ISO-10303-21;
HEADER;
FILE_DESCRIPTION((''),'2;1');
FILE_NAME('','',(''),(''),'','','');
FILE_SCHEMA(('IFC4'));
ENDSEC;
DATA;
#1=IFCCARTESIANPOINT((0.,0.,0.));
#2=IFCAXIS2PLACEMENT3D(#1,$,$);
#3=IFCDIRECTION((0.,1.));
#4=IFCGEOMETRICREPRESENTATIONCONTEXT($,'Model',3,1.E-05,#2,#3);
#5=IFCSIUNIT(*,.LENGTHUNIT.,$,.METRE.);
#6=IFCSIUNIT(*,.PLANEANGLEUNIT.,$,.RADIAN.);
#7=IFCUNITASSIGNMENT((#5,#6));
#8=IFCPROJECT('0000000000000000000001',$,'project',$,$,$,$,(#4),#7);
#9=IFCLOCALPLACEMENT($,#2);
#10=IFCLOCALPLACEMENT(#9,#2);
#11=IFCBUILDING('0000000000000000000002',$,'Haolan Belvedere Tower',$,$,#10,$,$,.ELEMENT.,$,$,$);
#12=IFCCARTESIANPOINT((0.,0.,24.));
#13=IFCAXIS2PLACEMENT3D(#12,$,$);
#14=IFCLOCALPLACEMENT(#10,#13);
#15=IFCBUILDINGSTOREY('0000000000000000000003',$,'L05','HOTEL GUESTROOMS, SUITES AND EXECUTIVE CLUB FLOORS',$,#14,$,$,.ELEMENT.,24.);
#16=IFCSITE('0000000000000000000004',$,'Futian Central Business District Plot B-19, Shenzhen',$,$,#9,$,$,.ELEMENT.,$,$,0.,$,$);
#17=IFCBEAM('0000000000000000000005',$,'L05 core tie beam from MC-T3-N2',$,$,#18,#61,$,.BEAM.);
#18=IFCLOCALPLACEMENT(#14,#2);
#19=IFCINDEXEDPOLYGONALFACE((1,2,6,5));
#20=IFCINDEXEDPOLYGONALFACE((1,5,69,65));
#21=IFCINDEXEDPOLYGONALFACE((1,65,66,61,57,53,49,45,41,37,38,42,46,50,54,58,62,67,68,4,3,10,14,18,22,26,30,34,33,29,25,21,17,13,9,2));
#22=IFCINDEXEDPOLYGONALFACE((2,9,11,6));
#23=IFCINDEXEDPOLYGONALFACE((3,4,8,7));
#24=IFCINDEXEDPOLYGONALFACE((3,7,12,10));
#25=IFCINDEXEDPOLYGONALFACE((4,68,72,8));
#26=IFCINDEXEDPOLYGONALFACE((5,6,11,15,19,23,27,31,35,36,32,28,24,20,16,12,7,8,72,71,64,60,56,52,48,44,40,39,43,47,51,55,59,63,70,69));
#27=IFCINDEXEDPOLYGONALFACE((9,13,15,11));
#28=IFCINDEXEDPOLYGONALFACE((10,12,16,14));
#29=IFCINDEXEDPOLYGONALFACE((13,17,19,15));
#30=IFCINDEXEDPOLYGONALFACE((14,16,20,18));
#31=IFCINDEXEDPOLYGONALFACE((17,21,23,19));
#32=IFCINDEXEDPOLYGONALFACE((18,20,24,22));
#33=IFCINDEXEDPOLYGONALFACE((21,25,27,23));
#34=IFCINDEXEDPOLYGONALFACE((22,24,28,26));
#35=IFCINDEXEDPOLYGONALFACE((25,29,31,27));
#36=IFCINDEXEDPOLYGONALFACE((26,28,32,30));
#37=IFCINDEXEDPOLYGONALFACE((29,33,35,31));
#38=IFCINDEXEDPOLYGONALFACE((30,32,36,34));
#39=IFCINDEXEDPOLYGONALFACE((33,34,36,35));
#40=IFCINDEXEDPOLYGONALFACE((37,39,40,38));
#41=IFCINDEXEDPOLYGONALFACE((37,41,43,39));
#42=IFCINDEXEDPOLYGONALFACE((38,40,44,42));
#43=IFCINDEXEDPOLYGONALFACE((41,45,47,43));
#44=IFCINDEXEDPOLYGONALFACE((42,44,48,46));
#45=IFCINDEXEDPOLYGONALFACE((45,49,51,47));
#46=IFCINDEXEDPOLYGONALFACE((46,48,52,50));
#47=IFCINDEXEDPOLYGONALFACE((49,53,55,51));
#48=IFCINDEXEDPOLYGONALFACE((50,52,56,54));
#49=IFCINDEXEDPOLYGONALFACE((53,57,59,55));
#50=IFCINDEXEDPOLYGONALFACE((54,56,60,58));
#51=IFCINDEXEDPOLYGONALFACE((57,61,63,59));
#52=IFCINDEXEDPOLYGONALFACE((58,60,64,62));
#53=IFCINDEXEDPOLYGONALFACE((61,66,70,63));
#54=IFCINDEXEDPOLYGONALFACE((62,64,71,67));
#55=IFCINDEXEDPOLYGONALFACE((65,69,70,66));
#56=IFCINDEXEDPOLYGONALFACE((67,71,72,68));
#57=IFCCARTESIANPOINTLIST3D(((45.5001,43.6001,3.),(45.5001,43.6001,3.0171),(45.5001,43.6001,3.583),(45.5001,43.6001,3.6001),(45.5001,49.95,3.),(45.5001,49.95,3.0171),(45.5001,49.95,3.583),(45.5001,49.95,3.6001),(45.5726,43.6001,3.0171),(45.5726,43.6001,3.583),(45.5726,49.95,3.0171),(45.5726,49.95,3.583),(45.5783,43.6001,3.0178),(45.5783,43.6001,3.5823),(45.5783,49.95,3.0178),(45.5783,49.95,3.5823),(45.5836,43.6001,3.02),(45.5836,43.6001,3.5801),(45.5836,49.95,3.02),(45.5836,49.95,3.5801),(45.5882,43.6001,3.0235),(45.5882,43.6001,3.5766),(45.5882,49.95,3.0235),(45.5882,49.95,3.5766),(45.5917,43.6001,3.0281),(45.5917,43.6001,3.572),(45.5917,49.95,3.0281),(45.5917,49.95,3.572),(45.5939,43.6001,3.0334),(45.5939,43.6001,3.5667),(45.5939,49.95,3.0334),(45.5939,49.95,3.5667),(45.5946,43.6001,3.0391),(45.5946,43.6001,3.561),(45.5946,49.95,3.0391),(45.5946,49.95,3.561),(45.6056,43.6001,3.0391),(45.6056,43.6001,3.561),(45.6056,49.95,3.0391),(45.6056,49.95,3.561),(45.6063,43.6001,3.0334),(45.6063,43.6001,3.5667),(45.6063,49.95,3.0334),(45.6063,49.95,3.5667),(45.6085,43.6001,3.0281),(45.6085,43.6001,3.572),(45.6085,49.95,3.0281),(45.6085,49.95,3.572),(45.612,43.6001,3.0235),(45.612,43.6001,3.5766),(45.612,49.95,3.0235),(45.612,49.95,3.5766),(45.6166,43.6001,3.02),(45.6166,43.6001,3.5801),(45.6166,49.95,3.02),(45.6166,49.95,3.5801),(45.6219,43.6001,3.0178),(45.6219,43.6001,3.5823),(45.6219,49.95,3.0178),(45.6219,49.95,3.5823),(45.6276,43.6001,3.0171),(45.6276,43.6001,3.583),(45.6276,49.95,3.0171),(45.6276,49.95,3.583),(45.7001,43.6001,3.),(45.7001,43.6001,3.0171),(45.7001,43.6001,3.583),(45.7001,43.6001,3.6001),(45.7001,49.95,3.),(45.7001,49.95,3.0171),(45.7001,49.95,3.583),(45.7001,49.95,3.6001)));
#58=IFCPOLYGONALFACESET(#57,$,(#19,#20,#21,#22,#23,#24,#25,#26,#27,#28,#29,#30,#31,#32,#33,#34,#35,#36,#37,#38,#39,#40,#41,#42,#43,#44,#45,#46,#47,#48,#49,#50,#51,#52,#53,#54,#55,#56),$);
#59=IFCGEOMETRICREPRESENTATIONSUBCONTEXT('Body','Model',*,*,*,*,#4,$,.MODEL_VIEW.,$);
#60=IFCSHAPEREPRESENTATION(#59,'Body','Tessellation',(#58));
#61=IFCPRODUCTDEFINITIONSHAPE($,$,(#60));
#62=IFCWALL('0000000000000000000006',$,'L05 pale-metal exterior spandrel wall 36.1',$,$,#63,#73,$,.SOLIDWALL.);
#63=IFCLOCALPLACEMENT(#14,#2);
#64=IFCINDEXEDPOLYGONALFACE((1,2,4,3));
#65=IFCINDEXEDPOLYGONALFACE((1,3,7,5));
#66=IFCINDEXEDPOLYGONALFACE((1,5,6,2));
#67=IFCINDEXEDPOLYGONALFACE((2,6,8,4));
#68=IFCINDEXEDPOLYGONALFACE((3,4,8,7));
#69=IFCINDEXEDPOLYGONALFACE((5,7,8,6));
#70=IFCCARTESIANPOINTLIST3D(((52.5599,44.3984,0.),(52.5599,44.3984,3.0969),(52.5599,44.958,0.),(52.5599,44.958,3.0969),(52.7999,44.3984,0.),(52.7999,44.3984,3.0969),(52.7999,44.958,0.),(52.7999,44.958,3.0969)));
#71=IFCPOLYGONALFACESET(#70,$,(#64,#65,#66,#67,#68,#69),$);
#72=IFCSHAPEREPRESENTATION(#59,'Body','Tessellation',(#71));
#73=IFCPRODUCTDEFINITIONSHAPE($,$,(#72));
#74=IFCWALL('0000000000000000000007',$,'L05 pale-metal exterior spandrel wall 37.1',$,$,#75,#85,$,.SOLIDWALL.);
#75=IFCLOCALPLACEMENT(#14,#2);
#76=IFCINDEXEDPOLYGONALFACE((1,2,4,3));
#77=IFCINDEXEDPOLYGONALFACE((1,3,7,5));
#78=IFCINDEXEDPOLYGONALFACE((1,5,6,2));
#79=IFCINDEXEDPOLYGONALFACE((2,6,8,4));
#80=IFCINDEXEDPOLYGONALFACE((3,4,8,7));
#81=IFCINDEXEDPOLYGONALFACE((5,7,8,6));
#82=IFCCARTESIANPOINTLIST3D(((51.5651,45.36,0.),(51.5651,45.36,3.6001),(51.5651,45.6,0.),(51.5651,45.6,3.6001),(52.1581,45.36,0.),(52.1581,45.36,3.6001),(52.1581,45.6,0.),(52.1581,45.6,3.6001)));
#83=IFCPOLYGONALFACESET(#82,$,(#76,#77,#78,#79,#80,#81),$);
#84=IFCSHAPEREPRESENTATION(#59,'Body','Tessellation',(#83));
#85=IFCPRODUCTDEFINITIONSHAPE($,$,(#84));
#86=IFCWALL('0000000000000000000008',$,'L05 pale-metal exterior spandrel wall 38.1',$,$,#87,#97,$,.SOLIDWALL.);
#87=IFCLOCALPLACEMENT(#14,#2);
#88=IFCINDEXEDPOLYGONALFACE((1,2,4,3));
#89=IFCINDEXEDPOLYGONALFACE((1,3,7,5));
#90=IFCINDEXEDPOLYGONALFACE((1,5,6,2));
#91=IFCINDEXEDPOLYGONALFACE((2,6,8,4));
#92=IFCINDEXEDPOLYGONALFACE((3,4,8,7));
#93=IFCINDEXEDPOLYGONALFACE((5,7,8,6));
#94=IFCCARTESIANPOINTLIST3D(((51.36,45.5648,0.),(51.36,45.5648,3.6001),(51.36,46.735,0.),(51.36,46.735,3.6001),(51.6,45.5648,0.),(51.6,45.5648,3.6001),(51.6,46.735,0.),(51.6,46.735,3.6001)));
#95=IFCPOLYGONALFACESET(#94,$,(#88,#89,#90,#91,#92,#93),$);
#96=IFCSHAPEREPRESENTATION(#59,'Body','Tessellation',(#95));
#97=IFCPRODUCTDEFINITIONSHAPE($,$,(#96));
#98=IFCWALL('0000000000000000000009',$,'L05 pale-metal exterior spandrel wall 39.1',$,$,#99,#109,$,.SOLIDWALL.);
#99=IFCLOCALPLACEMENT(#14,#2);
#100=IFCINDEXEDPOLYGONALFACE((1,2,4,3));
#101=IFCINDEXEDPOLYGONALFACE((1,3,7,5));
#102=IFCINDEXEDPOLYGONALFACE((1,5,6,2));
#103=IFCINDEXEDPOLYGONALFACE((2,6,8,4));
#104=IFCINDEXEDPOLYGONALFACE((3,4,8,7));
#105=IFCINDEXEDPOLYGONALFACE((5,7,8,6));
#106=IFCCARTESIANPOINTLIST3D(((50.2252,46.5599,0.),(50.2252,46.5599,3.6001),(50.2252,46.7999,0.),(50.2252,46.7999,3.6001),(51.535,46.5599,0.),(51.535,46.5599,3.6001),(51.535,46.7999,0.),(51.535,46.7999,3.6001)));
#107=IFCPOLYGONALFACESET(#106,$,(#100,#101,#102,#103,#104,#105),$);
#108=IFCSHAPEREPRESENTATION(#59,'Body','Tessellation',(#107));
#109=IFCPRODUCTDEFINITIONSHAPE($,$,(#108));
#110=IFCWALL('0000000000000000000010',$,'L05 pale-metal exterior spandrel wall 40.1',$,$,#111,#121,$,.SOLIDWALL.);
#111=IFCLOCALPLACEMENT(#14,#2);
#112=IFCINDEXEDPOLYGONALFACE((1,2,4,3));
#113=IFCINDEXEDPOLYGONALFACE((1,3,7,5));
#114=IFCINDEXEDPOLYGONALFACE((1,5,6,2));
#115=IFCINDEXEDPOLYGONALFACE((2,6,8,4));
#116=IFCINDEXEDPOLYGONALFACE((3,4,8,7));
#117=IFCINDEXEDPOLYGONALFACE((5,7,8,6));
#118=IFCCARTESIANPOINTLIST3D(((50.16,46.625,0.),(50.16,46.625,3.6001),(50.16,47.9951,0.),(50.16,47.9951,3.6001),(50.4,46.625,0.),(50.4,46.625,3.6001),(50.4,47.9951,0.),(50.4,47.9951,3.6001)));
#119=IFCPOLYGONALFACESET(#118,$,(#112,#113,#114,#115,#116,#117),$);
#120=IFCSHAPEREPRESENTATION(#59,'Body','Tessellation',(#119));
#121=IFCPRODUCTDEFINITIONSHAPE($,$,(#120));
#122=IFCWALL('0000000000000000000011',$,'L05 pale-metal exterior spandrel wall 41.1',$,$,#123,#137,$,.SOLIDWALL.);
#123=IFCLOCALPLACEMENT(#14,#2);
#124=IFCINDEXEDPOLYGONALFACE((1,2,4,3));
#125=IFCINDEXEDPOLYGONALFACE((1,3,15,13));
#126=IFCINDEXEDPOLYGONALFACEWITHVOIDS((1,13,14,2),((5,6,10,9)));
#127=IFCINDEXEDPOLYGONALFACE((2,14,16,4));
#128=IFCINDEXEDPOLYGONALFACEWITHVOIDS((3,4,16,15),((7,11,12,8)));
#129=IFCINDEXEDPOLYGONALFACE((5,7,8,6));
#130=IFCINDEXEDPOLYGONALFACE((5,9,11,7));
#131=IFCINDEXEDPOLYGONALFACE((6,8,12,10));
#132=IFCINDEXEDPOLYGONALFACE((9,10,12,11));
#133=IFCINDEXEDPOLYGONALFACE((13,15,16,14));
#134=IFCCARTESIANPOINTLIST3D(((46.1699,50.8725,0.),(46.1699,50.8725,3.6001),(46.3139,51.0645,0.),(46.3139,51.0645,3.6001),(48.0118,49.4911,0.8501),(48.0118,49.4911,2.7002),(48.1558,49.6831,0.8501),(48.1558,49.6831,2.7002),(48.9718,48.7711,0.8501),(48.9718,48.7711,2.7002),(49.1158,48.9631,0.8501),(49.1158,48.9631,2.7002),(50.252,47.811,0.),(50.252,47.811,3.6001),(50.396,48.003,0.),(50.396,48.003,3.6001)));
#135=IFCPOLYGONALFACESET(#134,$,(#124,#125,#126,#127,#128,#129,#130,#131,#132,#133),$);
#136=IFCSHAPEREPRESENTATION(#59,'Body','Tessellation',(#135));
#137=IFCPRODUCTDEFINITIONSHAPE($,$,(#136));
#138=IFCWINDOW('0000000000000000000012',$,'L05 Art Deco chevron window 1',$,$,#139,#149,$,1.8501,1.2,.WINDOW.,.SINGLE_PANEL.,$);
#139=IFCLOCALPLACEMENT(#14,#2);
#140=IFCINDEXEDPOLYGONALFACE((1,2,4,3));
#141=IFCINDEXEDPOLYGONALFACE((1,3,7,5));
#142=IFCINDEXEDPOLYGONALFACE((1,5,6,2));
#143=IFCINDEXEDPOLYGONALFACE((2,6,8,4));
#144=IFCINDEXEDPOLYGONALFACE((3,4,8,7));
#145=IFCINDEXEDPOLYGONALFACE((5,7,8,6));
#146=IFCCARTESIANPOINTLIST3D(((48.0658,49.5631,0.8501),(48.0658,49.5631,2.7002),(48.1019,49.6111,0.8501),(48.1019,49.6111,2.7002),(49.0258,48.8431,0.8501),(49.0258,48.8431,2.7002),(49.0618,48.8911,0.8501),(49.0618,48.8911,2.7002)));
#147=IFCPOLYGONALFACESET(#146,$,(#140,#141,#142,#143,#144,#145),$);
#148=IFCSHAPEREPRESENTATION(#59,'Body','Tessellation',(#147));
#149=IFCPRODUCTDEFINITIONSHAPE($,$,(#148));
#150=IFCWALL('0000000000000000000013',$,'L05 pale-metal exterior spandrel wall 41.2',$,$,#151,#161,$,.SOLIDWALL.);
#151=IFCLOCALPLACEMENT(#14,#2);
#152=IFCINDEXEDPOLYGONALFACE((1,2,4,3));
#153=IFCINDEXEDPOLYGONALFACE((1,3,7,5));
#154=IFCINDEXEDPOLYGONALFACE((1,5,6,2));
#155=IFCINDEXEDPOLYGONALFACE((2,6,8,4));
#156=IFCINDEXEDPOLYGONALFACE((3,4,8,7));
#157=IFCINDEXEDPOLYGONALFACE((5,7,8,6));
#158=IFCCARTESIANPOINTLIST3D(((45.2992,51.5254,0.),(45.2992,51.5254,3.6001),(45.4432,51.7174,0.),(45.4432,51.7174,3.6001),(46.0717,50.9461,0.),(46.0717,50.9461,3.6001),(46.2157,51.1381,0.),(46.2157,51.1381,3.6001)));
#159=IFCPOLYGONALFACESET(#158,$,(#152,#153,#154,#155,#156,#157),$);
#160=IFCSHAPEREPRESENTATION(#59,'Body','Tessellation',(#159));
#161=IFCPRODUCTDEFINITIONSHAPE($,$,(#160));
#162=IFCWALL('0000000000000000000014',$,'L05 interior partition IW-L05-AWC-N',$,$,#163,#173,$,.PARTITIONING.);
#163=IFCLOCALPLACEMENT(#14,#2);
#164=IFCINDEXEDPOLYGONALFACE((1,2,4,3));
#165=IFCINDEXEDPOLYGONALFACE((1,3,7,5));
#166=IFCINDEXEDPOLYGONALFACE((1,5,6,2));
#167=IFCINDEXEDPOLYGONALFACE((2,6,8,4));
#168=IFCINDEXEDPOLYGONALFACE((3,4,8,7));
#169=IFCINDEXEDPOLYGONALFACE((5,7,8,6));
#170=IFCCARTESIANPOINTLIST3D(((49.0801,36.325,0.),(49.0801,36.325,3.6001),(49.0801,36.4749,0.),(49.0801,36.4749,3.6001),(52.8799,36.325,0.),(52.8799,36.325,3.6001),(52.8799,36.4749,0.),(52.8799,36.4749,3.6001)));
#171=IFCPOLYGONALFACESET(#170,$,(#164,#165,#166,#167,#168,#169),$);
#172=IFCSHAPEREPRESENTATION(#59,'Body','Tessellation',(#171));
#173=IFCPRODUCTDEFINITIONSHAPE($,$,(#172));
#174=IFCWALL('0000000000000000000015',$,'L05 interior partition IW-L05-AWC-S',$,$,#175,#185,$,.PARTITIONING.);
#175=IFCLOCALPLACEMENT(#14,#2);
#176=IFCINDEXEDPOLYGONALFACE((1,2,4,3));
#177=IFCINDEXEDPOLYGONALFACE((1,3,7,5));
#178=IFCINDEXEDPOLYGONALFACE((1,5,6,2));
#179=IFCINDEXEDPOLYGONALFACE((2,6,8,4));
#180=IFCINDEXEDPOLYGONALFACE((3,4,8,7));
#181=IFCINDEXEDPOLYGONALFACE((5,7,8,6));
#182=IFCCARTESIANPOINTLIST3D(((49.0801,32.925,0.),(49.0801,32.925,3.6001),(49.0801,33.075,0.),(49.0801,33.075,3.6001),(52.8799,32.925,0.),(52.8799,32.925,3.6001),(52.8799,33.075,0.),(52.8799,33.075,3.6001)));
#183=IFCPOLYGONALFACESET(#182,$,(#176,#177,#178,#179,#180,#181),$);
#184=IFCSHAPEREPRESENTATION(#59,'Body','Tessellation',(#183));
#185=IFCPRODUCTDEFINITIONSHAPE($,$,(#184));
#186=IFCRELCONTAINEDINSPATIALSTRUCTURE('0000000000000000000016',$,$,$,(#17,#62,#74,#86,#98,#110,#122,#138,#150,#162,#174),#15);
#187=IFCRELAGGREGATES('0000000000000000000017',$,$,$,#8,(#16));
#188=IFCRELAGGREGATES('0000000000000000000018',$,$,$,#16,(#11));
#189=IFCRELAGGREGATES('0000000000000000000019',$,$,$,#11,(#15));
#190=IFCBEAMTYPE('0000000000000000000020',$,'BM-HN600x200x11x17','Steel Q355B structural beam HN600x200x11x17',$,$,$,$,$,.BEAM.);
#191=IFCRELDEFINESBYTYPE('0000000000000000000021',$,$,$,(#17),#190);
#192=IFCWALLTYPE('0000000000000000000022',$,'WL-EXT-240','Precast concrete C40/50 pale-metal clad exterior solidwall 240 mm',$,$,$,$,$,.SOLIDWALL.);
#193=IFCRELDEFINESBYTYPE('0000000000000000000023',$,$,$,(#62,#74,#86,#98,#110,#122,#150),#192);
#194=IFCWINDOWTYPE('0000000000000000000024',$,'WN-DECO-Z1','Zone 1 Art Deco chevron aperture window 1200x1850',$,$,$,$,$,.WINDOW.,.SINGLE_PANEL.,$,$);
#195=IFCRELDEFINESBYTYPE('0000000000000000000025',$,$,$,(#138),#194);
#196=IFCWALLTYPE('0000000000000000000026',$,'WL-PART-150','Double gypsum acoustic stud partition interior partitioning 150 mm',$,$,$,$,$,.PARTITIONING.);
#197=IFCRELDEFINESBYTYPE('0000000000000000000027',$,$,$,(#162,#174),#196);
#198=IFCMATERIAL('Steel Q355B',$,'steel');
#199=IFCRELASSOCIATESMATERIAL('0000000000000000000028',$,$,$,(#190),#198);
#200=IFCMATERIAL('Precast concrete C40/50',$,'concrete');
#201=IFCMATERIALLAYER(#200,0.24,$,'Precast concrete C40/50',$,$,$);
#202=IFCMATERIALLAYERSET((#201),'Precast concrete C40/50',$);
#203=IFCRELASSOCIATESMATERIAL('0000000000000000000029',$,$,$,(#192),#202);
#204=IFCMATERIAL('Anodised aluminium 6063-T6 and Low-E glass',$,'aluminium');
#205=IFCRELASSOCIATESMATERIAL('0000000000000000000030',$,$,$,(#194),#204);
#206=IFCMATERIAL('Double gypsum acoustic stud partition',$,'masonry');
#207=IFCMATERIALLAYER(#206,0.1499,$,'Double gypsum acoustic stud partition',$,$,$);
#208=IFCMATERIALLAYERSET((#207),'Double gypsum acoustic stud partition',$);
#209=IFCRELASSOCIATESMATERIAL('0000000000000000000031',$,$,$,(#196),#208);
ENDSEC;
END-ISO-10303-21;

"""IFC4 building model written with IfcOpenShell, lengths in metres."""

from ifc_helpers import new_model, si_unit, direction, frame, frame_2d, origin, origin_2d, place, context, subcontext, project, spatial, rectangle, i_section, extrude, material, layer, layer_set, material_profile, profile_set, type_object, element, fill, save


model = new_model("IFC4")

# Units and contexts
model_context = context("Model", 3, precision=1e-05, world=origin(), true_north=direction((0.0, 1.0)))
body_context = subcontext(model_context, "Body", "Model", "MODEL_VIEW")
ifc_project = project(units=[si_unit("LENGTHUNIT", "METRE"), si_unit("PLANEANGLEUNIT", "RADIAN")], contexts=[model_context])

# Site, building, storey
site_placement = place(None, origin())
site = spatial("IfcSite", under=ifc_project, at=site_placement, Name="Futian Central Business District Plot B-19, Shenzhen", CompositionType="ELEMENT", RefElevation=0.0)
building_placement = place(site_placement, origin())
building = spatial("IfcBuilding", under=site, at=building_placement, Name="Haolan Belvedere Tower", CompositionType="ELEMENT")
storey_placement = place(building_placement, frame((0.0, 0.0, 24.0)))
storey = spatial("IfcBuildingStorey", under=building, at=storey_placement, Name="L05", Description="HOTEL GUESTROOMS, SUITES AND EXECUTIVE CLUB FLOORS", CompositionType="ELEMENT", Elevation=24.0)

# Shared definitions
ifc_material_1 = material(Name="Steel Q355B", Category="steel")

# Beam
ifc_material_profile_1 = material_profile(ifc_material_1, i_section(OverallWidth=0.2, OverallDepth=0.6001, WebThickness=0.011, FlangeThickness=0.0171, FilletRadius=0.022, at=origin_2d()), Name="Steel Q355B")
ifc_profile_set_1 = profile_set([ifc_material_profile_1], Name="Steel Q355B")
beam_type_1 = type_object("IfcBeamType", Name="BM-HN600x200x11x17", Description="Steel Q355B structural beam HN600x200x11x17", PredefinedType="BEAM", material=ifc_profile_set_1)
beam_1_placement = place(storey_placement, frame((45.6001, 49.95, 3.3), z_axis=(0.0, -1.0, 0.0), x_axis=(1.0, 0.0, 0.0)))
element("IfcBeam", 1, at=beam_1_placement, inside=storey, type_object=beam_type_1, Name="L05 core tie beam from MC-T3-N2", PredefinedType="BEAM", context=body_context, shape_type="SweptSolid", body=[
    extrude(i_section(OverallWidth=0.2, OverallDepth=0.6001, WebThickness=0.011, FlangeThickness=0.0171, FilletRadius=0.022, at=origin_2d()), origin(), (0.0, 0.0, 1.0), 6.3499),
])

# Walls
ifc_material_2 = material(Name="Precast concrete C40/50", Category="concrete")
ifc_layer_1 = layer(ifc_material_2, 0.24, Name="Precast concrete C40/50")
ifc_layer_set_1 = layer_set([ifc_layer_1], Name="Precast concrete C40/50")
wall_type_1 = type_object("IfcWallType", Name="WL-EXT-240", Description="Precast concrete C40/50 pale-metal clad exterior solidwall 240 mm", PredefinedType="SOLIDWALL", material=ifc_layer_set_1)
wall_1_placement = place(storey_placement, frame((52.6799, 44.3984, 0.0), z_axis=(0.0, 0.0, 1.0), x_axis=(0.0, 1.0, 0.0)))
element("IfcWall", 2, at=wall_1_placement, inside=storey, type_object=wall_type_1, Name="L05 pale-metal exterior spandrel wall 36.1", PredefinedType="SOLIDWALL", context=body_context, shape_type="SweptSolid", body=[
    extrude(rectangle(XDim=0.5596, YDim=0.24, at=frame_2d((0.2798, 0.0))), origin(), (0.0, 0.0, 1.0), 3.0969),
])
wall_2_placement = place(storey_placement, frame((52.158, 45.48, 0.0), z_axis=(0.0, 0.0, 1.0), x_axis=(-1.0, 0.0, 0.0)))
element("IfcWall", 3, at=wall_2_placement, inside=storey, type_object=wall_type_1, Name="L05 pale-metal exterior spandrel wall 37.1", PredefinedType="SOLIDWALL", context=body_context, shape_type="SweptSolid", body=[
    extrude(rectangle(XDim=0.593, YDim=0.24, at=frame_2d((0.2964, 0.0))), origin(), (0.0, 0.0, 1.0), 3.6001),
])
wall_3_placement = place(storey_placement, frame((51.48, 45.5649, 0.0), z_axis=(0.0, 0.0, 1.0), x_axis=(0.0, 1.0, 0.0)))
element("IfcWall", 4, at=wall_3_placement, inside=storey, type_object=wall_type_1, Name="L05 pale-metal exterior spandrel wall 38.1", PredefinedType="SOLIDWALL", context=body_context, shape_type="SweptSolid", body=[
    extrude(rectangle(XDim=1.1702, YDim=0.24, at=frame_2d((0.585, 0.0))), origin(), (0.0, 0.0, 1.0), 3.6001),
])
wall_4_placement = place(storey_placement, frame((51.5349, 46.6799, 0.0), z_axis=(0.0, 0.0, 1.0), x_axis=(-1.0, 0.0, 0.0)))
element("IfcWall", 5, at=wall_4_placement, inside=storey, type_object=wall_type_1, Name="L05 pale-metal exterior spandrel wall 39.1", PredefinedType="SOLIDWALL", context=body_context, shape_type="SweptSolid", body=[
    extrude(rectangle(XDim=1.3098, YDim=0.24, at=frame_2d((0.6548, 0.0))), origin(), (0.0, 0.0, 1.0), 3.6001),
])
wall_5_placement = place(storey_placement, frame((50.28, 46.625, 0.0), z_axis=(0.0, 0.0, 1.0), x_axis=(0.0, 1.0, 0.0)))
element("IfcWall", 6, at=wall_5_placement, inside=storey, type_object=wall_type_1, Name="L05 pale-metal exterior spandrel wall 40.1", PredefinedType="SOLIDWALL", context=body_context, shape_type="SweptSolid", body=[
    extrude(rectangle(XDim=1.3701, YDim=0.24, at=frame_2d((0.6851, 0.0))), origin(), (0.0, 0.0, 1.0), 3.6001),
])

# Wall, opening, window
wall_6_placement = place(storey_placement, frame((50.324, 47.907, 0.0), z_axis=(0.0, 0.0, 1.0), x_axis=(-0.8, 0.6, 0.0)))
wall_6 = element("IfcWall", 7, at=wall_6_placement, inside=storey, type_object=wall_type_1, Name="L05 pale-metal exterior spandrel wall 41.1", PredefinedType="SOLIDWALL", context=body_context, shape_type="SweptSolid", body=[
    extrude(rectangle(XDim=5.1025, YDim=0.24, at=frame_2d((2.5513, 0.0))), origin(), (0.0, 0.0, 1.0), 3.6001),
])
opening_1_placement = place(wall_6_placement, frame((1.6001, 0.0, 0.8501)))
opening_1 = element("IfcOpeningElement", 8, at=opening_1_placement, cuts=wall_6, PredefinedType="OPENING", context=body_context, shape_type="SweptSolid", body=[
    extrude(rectangle(XDim=1.2, YDim=1.8501, at=frame_2d((0.6001, 0.925))), frame((0.0, 0.1299, 0.0), z_axis=(0.0, -1.0, 0.0), x_axis=(1.0, 0.0, 0.0)), (0.0, 0.0, 1.0), 0.26),
])
ifc_material_3 = material(Name="Anodised aluminium 6063-T6 and Low-E glass", Category="aluminium")
window_type = type_object("IfcWindowType", Name="WN-DECO-Z1", Description="Zone 1 Art Deco chevron aperture window 1200x1850", PartitioningType="SINGLE_PANEL", PredefinedType="WINDOW", material=ifc_material_3)
window_placement = place(opening_1_placement, origin())
window = element("IfcWindow", 9, at=window_placement, inside=storey, type_object=window_type, Name="L05 Art Deco chevron window 1", OverallHeight=1.8501, OverallWidth=1.2, PartitioningType="SINGLE_PANEL", PredefinedType="WINDOW", context=body_context, shape_type="SweptSolid", body=[
    extrude(rectangle(XDim=1.2, YDim=1.8501, at=frame_2d((0.6001, 0.925))), frame((0.0, 0.03, 0.0), z_axis=(0.0, -1.0, 0.0), x_axis=(1.0, 0.0, 0.0)), (0.0, 0.0, 1.0), 0.0601),
])
fill(opening_1, window)

# Walls
wall_7_placement = place(storey_placement, frame((46.1438, 51.042, 0.0), z_axis=(0.0, 0.0, 1.0), x_axis=(-0.8, 0.6, 0.0)))
element("IfcWall", 10, at=wall_7_placement, inside=storey, type_object=wall_type_1, Name="L05 pale-metal exterior spandrel wall 41.2", PredefinedType="SOLIDWALL", context=body_context, shape_type="SweptSolid", body=[
    extrude(rectangle(XDim=0.9656, YDim=0.24, at=frame_2d((0.4829, 0.0))), origin(), (0.0, 0.0, 1.0), 3.6001),
])
ifc_material_4 = material(Name="Double gypsum acoustic stud partition", Category="masonry")
ifc_layer_2 = layer(ifc_material_4, 0.1499, Name="Double gypsum acoustic stud partition")
ifc_layer_set_2 = layer_set([ifc_layer_2], Name="Double gypsum acoustic stud partition")
wall_type_2 = type_object("IfcWallType", Name="WL-PART-150", Description="Double gypsum acoustic stud partition interior partitioning 150 mm", PredefinedType="PARTITIONING", material=ifc_layer_set_2)
for number, where, z_axis, x_axis, name in (
    (11, (49.0801, 36.3999, 0.0), (0.0, 0.0, 1.0), (1.0, 0.0, 0.0), "L05 interior partition IW-L05-AWC-N"),
    (12, (49.0801, 33.0, 0.0), (0.0, 0.0, 1.0), (1.0, 0.0, 0.0), "L05 interior partition IW-L05-AWC-S"),
):
    element("IfcWall", number, at=place(storey_placement, frame(where, z_axis=z_axis, x_axis=x_axis)), inside=storey, type_object=wall_type_2, Name=name, PredefinedType="PARTITIONING", context=body_context, shape_type="SweptSolid", body=[
        extrude(rectangle(XDim=3.7998, YDim=0.1499, at=frame_2d((1.8999, 0.0))), origin(), (0.0, 0.0, 1.0), 3.6001),
    ])

save(model, "model.ifc")
